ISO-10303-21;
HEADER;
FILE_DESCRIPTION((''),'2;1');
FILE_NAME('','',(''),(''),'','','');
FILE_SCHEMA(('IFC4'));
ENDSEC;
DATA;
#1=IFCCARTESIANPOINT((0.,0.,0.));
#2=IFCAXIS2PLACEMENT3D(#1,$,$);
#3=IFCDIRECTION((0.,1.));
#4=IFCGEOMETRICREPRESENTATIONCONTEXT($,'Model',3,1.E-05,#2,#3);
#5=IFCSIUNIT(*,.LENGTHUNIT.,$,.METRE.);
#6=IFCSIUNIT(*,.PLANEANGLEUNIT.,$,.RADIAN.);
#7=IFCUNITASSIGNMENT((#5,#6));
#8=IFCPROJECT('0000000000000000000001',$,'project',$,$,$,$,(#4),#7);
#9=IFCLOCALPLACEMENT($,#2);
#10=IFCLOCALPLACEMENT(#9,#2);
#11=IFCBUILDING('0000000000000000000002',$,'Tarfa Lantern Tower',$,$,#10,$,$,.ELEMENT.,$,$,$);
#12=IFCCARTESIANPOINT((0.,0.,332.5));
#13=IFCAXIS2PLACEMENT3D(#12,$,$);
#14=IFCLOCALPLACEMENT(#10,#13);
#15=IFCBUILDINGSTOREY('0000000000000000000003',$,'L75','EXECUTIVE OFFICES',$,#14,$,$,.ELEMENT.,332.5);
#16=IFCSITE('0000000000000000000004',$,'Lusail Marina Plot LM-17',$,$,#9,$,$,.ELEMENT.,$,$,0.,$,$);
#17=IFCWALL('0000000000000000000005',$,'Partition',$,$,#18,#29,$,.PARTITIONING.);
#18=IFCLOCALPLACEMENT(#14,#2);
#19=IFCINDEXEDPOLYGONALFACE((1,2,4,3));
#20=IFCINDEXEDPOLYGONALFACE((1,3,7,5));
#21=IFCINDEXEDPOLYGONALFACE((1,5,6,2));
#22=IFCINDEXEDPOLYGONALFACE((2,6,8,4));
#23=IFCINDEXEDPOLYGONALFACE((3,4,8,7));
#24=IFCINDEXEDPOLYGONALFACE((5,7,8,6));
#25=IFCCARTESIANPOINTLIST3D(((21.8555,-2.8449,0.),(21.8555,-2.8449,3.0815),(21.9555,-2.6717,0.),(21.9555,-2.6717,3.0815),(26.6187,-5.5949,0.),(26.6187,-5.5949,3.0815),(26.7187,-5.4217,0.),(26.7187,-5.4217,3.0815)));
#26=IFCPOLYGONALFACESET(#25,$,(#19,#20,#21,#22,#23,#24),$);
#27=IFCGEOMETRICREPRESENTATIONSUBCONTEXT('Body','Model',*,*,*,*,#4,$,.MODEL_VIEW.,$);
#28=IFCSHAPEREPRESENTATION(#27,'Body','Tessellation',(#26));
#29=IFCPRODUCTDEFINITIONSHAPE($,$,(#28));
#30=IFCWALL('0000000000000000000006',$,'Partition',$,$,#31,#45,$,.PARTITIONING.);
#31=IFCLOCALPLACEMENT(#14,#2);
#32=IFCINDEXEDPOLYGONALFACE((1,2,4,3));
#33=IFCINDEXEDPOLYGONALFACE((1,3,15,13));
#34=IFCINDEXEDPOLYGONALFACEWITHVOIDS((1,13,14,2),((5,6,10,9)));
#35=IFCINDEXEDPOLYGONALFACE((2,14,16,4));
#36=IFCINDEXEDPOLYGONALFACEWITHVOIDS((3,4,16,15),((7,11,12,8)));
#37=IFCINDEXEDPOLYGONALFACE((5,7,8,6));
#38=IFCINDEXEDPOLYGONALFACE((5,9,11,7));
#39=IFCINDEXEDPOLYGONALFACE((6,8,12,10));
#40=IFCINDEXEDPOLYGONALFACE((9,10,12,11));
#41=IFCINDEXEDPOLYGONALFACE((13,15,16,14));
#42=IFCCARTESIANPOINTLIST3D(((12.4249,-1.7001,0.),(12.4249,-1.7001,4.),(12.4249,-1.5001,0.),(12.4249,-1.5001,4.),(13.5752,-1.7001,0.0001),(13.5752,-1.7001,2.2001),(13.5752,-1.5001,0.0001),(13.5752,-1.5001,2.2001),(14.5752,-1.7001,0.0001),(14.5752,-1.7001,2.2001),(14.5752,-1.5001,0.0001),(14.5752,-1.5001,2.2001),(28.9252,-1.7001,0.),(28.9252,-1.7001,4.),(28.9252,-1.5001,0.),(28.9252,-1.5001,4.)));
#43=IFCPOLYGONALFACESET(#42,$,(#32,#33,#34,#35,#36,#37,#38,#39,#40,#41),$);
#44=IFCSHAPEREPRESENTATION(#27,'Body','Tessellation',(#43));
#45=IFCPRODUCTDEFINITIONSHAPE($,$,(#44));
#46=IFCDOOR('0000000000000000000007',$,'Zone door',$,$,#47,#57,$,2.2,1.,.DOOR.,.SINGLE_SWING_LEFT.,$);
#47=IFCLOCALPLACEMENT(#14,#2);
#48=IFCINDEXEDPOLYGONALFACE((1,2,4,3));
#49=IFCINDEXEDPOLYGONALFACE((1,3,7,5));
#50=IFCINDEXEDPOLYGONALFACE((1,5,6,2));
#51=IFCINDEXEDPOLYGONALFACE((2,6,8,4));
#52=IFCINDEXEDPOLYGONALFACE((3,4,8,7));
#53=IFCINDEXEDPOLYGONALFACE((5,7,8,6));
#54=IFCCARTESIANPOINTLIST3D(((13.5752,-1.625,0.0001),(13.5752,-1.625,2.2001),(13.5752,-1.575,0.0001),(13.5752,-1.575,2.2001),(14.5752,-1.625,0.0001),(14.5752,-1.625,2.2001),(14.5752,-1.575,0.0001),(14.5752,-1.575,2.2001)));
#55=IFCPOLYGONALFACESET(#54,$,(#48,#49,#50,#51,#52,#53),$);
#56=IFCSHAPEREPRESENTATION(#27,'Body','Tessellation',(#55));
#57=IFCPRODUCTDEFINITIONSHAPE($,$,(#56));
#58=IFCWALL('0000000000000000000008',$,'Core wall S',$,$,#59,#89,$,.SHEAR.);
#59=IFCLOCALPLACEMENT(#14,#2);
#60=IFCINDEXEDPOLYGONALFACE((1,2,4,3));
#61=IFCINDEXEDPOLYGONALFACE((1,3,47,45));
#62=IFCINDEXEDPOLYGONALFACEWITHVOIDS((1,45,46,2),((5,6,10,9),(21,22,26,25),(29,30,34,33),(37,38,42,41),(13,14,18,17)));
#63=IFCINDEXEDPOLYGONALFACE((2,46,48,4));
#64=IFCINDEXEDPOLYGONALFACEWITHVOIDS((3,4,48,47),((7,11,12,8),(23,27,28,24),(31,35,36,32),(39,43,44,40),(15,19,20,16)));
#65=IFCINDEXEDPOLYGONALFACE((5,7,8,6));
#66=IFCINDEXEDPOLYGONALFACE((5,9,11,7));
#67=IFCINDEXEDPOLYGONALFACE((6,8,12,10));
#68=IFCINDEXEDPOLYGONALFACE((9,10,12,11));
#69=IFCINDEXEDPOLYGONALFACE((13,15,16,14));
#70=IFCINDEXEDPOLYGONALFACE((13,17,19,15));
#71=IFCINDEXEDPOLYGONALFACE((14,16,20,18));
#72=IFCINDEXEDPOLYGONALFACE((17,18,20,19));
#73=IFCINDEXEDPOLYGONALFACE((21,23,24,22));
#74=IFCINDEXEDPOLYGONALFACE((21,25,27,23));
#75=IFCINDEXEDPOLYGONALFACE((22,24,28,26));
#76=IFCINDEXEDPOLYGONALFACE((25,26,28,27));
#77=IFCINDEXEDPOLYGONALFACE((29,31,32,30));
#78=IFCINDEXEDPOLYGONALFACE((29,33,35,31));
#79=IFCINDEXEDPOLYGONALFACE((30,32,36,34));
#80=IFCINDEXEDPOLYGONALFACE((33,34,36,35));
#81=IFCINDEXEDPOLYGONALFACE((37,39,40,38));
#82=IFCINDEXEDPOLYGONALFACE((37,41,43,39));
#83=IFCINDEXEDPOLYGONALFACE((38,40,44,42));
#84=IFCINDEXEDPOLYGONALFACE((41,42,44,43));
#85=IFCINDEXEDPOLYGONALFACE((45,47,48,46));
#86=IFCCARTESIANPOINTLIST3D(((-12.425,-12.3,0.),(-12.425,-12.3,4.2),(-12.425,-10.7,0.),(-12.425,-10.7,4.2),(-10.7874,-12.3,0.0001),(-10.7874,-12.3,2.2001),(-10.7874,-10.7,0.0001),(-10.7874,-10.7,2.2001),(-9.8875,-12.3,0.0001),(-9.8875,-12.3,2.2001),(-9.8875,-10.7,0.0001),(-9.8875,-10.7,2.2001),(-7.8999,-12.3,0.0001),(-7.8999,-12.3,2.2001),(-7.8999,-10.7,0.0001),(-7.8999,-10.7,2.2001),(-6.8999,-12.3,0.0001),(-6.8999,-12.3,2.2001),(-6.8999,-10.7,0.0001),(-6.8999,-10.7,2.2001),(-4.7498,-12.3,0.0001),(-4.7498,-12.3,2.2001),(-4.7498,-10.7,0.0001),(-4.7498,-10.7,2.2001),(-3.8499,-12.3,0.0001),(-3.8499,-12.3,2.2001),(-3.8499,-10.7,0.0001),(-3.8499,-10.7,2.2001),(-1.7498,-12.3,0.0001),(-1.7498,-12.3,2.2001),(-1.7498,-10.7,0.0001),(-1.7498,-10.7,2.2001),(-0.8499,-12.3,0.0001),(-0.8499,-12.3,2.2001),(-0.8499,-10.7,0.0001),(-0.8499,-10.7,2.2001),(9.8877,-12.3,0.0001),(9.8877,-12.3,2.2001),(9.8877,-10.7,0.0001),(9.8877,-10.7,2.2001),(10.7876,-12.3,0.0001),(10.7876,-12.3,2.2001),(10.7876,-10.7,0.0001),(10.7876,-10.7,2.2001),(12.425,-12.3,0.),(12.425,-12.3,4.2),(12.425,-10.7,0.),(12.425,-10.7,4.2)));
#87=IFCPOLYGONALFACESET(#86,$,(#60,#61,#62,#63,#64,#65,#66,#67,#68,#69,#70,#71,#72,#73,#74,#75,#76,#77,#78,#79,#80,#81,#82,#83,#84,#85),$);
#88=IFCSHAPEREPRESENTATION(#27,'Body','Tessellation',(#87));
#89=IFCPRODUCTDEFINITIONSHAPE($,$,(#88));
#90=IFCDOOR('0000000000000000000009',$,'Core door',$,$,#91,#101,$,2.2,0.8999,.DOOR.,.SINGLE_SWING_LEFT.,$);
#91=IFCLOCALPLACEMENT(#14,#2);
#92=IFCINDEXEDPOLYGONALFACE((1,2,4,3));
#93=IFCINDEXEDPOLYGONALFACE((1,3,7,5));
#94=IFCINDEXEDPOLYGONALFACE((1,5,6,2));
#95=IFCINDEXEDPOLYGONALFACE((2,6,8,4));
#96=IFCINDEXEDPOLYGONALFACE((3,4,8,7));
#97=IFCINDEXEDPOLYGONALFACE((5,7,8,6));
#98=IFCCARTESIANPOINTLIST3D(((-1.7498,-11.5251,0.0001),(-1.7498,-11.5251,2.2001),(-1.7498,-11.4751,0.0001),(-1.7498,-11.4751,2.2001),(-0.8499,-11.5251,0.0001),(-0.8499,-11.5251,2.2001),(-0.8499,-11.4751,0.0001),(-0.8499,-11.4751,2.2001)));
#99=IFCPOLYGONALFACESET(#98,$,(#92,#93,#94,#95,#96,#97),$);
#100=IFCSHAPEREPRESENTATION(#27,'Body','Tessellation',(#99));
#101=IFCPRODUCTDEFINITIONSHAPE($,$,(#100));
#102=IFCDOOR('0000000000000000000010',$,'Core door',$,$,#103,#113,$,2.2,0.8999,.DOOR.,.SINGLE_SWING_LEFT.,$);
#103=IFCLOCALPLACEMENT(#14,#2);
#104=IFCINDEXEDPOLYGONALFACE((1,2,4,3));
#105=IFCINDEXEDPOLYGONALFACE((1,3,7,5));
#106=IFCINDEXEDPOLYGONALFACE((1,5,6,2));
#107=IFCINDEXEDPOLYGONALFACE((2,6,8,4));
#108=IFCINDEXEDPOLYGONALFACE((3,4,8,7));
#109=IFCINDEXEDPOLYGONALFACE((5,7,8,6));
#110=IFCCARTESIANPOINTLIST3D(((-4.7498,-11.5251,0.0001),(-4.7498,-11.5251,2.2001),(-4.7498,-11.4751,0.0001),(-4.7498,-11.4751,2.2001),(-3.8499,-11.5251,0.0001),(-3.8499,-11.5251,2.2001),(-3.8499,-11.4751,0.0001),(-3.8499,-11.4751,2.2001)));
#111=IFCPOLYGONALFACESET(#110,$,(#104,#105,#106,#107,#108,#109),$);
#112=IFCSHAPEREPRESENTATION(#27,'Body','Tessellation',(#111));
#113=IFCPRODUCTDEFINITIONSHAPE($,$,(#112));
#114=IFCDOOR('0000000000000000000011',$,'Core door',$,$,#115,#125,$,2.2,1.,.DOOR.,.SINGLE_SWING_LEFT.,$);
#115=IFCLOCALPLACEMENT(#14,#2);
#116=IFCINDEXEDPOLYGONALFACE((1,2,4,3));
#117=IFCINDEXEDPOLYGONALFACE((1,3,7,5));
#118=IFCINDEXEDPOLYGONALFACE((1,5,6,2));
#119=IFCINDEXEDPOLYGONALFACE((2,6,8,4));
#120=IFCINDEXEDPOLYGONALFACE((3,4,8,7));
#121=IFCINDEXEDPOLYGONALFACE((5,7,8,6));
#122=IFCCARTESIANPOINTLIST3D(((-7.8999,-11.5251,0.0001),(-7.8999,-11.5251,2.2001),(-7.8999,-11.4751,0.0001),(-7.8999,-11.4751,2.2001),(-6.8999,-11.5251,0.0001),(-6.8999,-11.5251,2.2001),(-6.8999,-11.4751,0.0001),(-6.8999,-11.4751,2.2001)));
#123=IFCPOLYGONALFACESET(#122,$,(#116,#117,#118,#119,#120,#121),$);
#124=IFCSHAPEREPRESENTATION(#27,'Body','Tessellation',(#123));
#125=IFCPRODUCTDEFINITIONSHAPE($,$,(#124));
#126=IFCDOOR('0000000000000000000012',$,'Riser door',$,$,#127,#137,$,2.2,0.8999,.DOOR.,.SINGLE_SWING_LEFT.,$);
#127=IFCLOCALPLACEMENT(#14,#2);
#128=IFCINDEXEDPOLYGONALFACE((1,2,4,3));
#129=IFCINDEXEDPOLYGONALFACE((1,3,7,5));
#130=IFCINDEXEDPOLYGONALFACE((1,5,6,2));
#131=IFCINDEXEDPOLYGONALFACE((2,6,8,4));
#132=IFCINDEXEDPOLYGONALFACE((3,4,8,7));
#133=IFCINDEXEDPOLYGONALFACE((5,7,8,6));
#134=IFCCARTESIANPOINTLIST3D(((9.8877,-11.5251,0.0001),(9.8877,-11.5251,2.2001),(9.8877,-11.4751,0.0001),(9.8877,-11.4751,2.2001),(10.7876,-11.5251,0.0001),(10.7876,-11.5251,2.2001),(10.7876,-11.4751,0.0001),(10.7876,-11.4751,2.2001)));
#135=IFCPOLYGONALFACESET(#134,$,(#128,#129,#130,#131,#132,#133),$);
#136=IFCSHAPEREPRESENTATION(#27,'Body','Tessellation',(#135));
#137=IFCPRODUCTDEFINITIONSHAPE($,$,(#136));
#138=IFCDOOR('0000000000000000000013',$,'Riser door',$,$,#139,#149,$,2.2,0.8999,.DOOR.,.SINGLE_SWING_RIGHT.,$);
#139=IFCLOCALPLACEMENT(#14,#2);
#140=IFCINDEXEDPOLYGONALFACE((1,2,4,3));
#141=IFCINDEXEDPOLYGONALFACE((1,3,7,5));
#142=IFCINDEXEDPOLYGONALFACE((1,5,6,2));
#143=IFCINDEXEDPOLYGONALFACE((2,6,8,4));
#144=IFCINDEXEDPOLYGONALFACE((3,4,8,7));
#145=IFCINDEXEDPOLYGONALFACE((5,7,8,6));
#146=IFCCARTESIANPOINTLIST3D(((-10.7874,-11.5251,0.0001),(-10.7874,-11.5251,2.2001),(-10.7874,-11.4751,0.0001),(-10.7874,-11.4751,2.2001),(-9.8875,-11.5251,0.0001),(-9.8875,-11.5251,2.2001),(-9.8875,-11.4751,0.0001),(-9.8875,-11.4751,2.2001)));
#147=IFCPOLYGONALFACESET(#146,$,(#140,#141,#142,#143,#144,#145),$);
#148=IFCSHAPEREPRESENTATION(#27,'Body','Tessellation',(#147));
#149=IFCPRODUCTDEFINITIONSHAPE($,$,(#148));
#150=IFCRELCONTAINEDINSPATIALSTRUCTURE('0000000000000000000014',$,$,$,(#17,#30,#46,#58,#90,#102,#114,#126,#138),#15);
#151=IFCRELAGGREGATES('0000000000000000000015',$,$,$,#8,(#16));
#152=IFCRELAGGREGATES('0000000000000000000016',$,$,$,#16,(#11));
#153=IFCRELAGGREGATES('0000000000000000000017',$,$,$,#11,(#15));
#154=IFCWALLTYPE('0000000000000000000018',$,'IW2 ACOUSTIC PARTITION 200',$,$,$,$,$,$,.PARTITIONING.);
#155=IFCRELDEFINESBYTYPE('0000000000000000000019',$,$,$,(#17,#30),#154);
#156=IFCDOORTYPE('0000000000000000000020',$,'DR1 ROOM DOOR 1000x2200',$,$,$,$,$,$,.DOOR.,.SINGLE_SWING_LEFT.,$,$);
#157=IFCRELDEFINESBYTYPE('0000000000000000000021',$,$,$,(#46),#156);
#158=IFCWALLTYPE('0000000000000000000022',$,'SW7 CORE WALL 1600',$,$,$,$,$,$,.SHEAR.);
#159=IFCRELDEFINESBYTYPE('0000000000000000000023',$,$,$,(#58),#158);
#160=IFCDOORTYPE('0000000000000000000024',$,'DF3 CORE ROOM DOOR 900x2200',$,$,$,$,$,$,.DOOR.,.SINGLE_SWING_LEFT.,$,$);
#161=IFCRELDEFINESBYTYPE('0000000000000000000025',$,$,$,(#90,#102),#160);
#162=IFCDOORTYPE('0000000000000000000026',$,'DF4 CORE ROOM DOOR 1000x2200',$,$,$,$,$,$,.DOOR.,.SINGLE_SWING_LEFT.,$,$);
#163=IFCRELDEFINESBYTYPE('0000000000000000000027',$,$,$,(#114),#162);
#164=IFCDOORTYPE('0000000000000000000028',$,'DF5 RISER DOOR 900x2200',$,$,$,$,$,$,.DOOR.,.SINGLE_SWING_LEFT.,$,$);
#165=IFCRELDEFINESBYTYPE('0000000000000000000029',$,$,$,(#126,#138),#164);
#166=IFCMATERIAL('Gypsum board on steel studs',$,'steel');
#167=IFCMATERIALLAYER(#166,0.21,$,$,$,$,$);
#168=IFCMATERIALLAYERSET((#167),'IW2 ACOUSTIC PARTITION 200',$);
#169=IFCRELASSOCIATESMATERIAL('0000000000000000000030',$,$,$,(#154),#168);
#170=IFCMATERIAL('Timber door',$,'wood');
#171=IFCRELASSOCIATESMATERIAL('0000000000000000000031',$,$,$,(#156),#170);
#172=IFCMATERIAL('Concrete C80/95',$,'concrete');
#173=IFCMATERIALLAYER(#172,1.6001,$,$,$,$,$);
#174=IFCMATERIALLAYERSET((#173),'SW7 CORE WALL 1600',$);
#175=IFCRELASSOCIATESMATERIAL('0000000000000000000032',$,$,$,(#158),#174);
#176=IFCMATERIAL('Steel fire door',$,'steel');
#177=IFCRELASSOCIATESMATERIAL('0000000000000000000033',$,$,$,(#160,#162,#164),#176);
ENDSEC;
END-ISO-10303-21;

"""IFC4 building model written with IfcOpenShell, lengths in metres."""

from ifc_helpers import new_model, si_unit, direction, frame, frame_2d, origin, place, context, subcontext, project, spatial, rectangle, extrude, material, layer, layer_set, type_object, element, fill, save


model = new_model("IFC4")

# Units and contexts
model_context = context("Model", 3, precision=1e-05, world=origin(), true_north=direction((0.0, 1.0)))
body_context = subcontext(model_context, "Body", "Model", "MODEL_VIEW")
ifc_project = project(units=[si_unit("LENGTHUNIT", "METRE"), si_unit("PLANEANGLEUNIT", "RADIAN")], contexts=[model_context])

# Site, building, storey
site_placement = place(None, origin())
site = spatial("IfcSite", under=ifc_project, at=site_placement, Name="Lusail Marina Plot LM-17", CompositionType="ELEMENT", RefElevation=0.0)
building_placement = place(site_placement, origin())
building = spatial("IfcBuilding", under=site, at=building_placement, Name="Tarfa Lantern Tower", CompositionType="ELEMENT")
storey_placement = place(building_placement, frame((0.0, 0.0, 332.5)))
storey = spatial("IfcBuildingStorey", under=building, at=storey_placement, Name="L75", Description="EXECUTIVE OFFICES", CompositionType="ELEMENT", Elevation=332.5)

# Shared definitions
ifc_material_1 = material(Name="Concrete C80/95", Category="concrete")

# Shared definitions
ifc_material_2 = material(Name="Gypsum board on steel studs", Category="steel")
ifc_layer_1 = layer(ifc_material_2, 0.21)
ifc_layer_set_1 = layer_set([ifc_layer_1], Name="IW2 ACOUSTIC PARTITION 200")
wall_type_1 = type_object("IfcWallType", Name="IW2 ACOUSTIC PARTITION 200", PredefinedType="PARTITIONING", material=ifc_layer_set_1)
ifc_material_3 = material(Name="Timber door", Category="wood")
door_type_1 = type_object("IfcDoorType", Name="DR1 ROOM DOOR 1000x2200", OperationType="SINGLE_SWING_LEFT", PredefinedType="DOOR", material=ifc_material_3)

# Wall
wall_1_placement = place(storey_placement, frame((21.9055, -2.7583, 0.0), z_axis=(0.0, 0.0, 1.0), x_axis=(0.866027, -0.499997, 0.0)))
element("IfcWall", 1, at=wall_1_placement, inside=storey, type_object=wall_type_1, Name="Partition", PredefinedType="PARTITIONING", context=body_context, shape_type="SweptSolid", body=[
    extrude(rectangle(XDim=5.5, YDim=0.2, at=frame_2d((2.75, 0.0))), origin(), (0.0, 0.0, 1.0), 3.0815),
])

# Wall, opening, door
wall_2_placement = place(storey_placement, frame((12.425, -1.6001, 0.0), z_axis=(0.0, 0.0, 1.0), x_axis=(1.0, 0.0, 0.0)))
wall_2 = element("IfcWall", 2, at=wall_2_placement, inside=storey, type_object=wall_type_1, Name="Partition", PredefinedType="PARTITIONING", context=body_context, shape_type="SweptSolid", body=[
    extrude(rectangle(XDim=16.5002, YDim=0.2, at=frame_2d((8.25, 0.0))), origin(), (0.0, 0.0, 1.0), 4.0),
])
opening_1_placement = place(wall_2_placement, frame((1.1501, 0.0, 0.0)))
opening_1 = element("IfcOpeningElement", 3, at=opening_1_placement, cuts=wall_2, PredefinedType="OPENING", context=body_context, shape_type="SweptSolid", body=[
    extrude(rectangle(XDim=1.0, YDim=2.2, at=frame_2d((0.5, 1.1001))), frame((0.0, 0.1099, 0.0), z_axis=(0.0, -1.0, 0.0), x_axis=(1.0, 0.0, 0.0)), (0.0, 0.0, 1.0), 0.22),
])
door_1_placement = place(opening_1_placement, frame((1.0, 0.0, 0.0), z_axis=(0.0, 0.0, 1.0), x_axis=(-1.0, 0.0, 0.0)))
door_1 = element("IfcDoor", 4, at=door_1_placement, inside=storey, type_object=door_type_1, Name="Zone door", OperationType="SINGLE_SWING_LEFT", OverallHeight=2.2, OverallWidth=1.0, PredefinedType="DOOR", context=body_context, shape_type="SweptSolid", body=[
    extrude(rectangle(XDim=1.0, YDim=2.2, at=frame_2d((0.5, 1.1001))), frame((0.0, 0.0249, 0.0), z_axis=(0.0, -1.0, 0.0), x_axis=(1.0, 0.0, 0.0)), (0.0, 0.0, 1.0), 0.05),
])
fill(opening_1, door_1)

# Wall, openings, doors
ifc_layer_2 = layer(ifc_material_1, 1.6001)
ifc_layer_set_2 = layer_set([ifc_layer_2], Name="SW7 CORE WALL 1600")
wall_type_2 = type_object("IfcWallType", Name="SW7 CORE WALL 1600", PredefinedType="SHEAR", material=ifc_layer_set_2)
wall_3_placement = place(storey_placement, frame((12.425, -11.5, 0.0), z_axis=(0.0, 0.0, 1.0), x_axis=(-1.0, 0.0, 0.0)))
wall_3 = element("IfcWall", 5, at=wall_3_placement, inside=storey, type_object=wall_type_2, Name="Core wall S", PredefinedType="SHEAR", context=body_context, shape_type="SweptSolid", body=[
    extrude(rectangle(XDim=24.8501, YDim=1.6001, at=frame_2d((12.425, 0.0))), origin(), (0.0, 0.0, 1.0), 4.2),
])
opening_2_placement = place(wall_3_placement, frame((13.2749, 0.0, 0.0)))
opening_2 = element("IfcOpeningElement", 6, at=opening_2_placement, cuts=wall_3, PredefinedType="OPENING", context=body_context, shape_type="SweptSolid", body=[
    extrude(rectangle(XDim=0.8999, YDim=2.2, at=frame_2d((0.45, 1.1001))), frame((0.0, 0.8101, 0.0), z_axis=(0.0, -1.0, 0.0), x_axis=(1.0, 0.0, 0.0)), (0.0, 0.0, 1.0), 1.6201),
])
opening_3_placement = place(wall_3_placement, frame((16.2749, 0.0, 0.0)))
opening_3 = element("IfcOpeningElement", 7, at=opening_3_placement, cuts=wall_3, PredefinedType="OPENING", context=body_context, shape_type="SweptSolid", body=[
    extrude(rectangle(XDim=0.8999, YDim=2.2, at=frame_2d((0.45, 1.1001))), frame((0.0, 0.8101, 0.0), z_axis=(0.0, -1.0, 0.0), x_axis=(1.0, 0.0, 0.0)), (0.0, 0.0, 1.0), 1.6201),
])
opening_4_placement = place(wall_3_placement, frame((19.325, 0.0, 0.0)))
opening_4 = element("IfcOpeningElement", 8, at=opening_4_placement, cuts=wall_3, PredefinedType="OPENING", context=body_context, shape_type="SweptSolid", body=[
    extrude(rectangle(XDim=1.0, YDim=2.2, at=frame_2d((0.5, 1.1001))), frame((0.0, 0.8101, 0.0), z_axis=(0.0, -1.0, 0.0), x_axis=(1.0, 0.0, 0.0)), (0.0, 0.0, 1.0), 1.6201),
])
opening_5_placement = place(wall_3_placement, frame((1.6375, 0.0, 0.0)))
opening_5 = element("IfcOpeningElement", 9, at=opening_5_placement, cuts=wall_3, PredefinedType="OPENING", context=body_context, shape_type="SweptSolid", body=[
    extrude(rectangle(XDim=0.8999, YDim=2.2, at=frame_2d((0.45, 1.1001))), frame((0.0, 0.8101, 0.0), z_axis=(0.0, -1.0, 0.0), x_axis=(1.0, 0.0, 0.0)), (0.0, 0.0, 1.0), 1.6201),
])
opening_6_placement = place(wall_3_placement, frame((22.3125, 0.0, 0.0)))
opening_6 = element("IfcOpeningElement", 10, at=opening_6_placement, cuts=wall_3, PredefinedType="OPENING", context=body_context, shape_type="SweptSolid", body=[
    extrude(rectangle(XDim=0.8999, YDim=2.2, at=frame_2d((0.45, 1.1001))), frame((0.0, 0.8101, 0.0), z_axis=(0.0, -1.0, 0.0), x_axis=(1.0, 0.0, 0.0)), (0.0, 0.0, 1.0), 1.6201),
])
ifc_material_4 = material(Name="Steel fire door", Category="steel")
door_type_2 = type_object("IfcDoorType", Name="DF3 CORE ROOM DOOR 900x2200", OperationType="SINGLE_SWING_LEFT", PredefinedType="DOOR", material=ifc_material_4)
door_2_placement = place(opening_2_placement, frame((0.8999, 0.0, 0.0), z_axis=(0.0, 0.0, 1.0), x_axis=(-1.0, 0.0, 0.0)))
door_2 = element("IfcDoor", 11, at=door_2_placement, inside=storey, type_object=door_type_2, Name="Core door", OperationType="SINGLE_SWING_LEFT", OverallHeight=2.2, OverallWidth=0.8999, PredefinedType="DOOR", context=body_context, shape_type="SweptSolid", body=[
    extrude(rectangle(XDim=0.8999, YDim=2.2, at=frame_2d((0.45, 1.1001))), frame((0.0, 0.0249, 0.0), z_axis=(0.0, -1.0, 0.0), x_axis=(1.0, 0.0, 0.0)), (0.0, 0.0, 1.0), 0.05),
])
fill(opening_2, door_2)
door_3_placement = place(opening_3_placement, frame((0.8999, 0.0, 0.0), z_axis=(0.0, 0.0, 1.0), x_axis=(-1.0, 0.0, 0.0)))
door_3 = element("IfcDoor", 12, at=door_3_placement, inside=storey, type_object=door_type_2, Name="Core door", OperationType="SINGLE_SWING_LEFT", OverallHeight=2.2, OverallWidth=0.8999, PredefinedType="DOOR", context=body_context, shape_type="SweptSolid", body=[
    extrude(rectangle(XDim=0.8999, YDim=2.2, at=frame_2d((0.45, 1.1001))), frame((0.0, 0.0249, 0.0), z_axis=(0.0, -1.0, 0.0), x_axis=(1.0, 0.0, 0.0)), (0.0, 0.0, 1.0), 0.05),
])
fill(opening_3, door_3)
door_type_3 = type_object("IfcDoorType", Name="DF4 CORE ROOM DOOR 1000x2200", OperationType="SINGLE_SWING_LEFT", PredefinedType="DOOR", material=ifc_material_4)
door_4_placement = place(opening_4_placement, frame((1.0, 0.0, 0.0), z_axis=(0.0, 0.0, 1.0), x_axis=(-1.0, 0.0, 0.0)))
door_4 = element("IfcDoor", 13, at=door_4_placement, inside=storey, type_object=door_type_3, Name="Core door", OperationType="SINGLE_SWING_LEFT", OverallHeight=2.2, OverallWidth=1.0, PredefinedType="DOOR", context=body_context, shape_type="SweptSolid", body=[
    extrude(rectangle(XDim=1.0, YDim=2.2, at=frame_2d((0.5, 1.1001))), frame((0.0, 0.0249, 0.0), z_axis=(0.0, -1.0, 0.0), x_axis=(1.0, 0.0, 0.0)), (0.0, 0.0, 1.0), 0.05),
])
fill(opening_4, door_4)
door_type_4 = type_object("IfcDoorType", Name="DF5 RISER DOOR 900x2200", OperationType="SINGLE_SWING_LEFT", PredefinedType="DOOR", material=ifc_material_4)
door_5_placement = place(opening_5_placement, frame((0.8999, 0.0, 0.0), z_axis=(0.0, 0.0, 1.0), x_axis=(-1.0, 0.0, 0.0)))
door_5 = element("IfcDoor", 14, at=door_5_placement, inside=storey, type_object=door_type_4, Name="Riser door", OperationType="SINGLE_SWING_LEFT", OverallHeight=2.2, OverallWidth=0.8999, PredefinedType="DOOR", context=body_context, shape_type="SweptSolid", body=[
    extrude(rectangle(XDim=0.8999, YDim=2.2, at=frame_2d((0.45, 1.1001))), frame((0.0, 0.0249, 0.0), z_axis=(0.0, -1.0, 0.0), x_axis=(1.0, 0.0, 0.0)), (0.0, 0.0, 1.0), 0.05),
])
fill(opening_5, door_5)
door_6_placement = place(opening_6_placement, frame((0.8999, 0.0, 0.0), z_axis=(0.0, 0.0, 1.0), x_axis=(-1.0, 0.0, 0.0)))
door_6 = element("IfcDoor", 15, at=door_6_placement, inside=storey, type_object=door_type_4, Name="Riser door", OperationType="SINGLE_SWING_RIGHT", OverallHeight=2.2, OverallWidth=0.8999, PredefinedType="DOOR", context=body_context, shape_type="SweptSolid", body=[
    extrude(rectangle(XDim=0.8999, YDim=2.2, at=frame_2d((0.45, 1.1001))), frame((0.0, 0.0249, 0.0), z_axis=(0.0, -1.0, 0.0), x_axis=(1.0, 0.0, 0.0)), (0.0, 0.0, 1.0), 0.05),
])
fill(opening_6, door_6)

save(model, "model.ifc")
